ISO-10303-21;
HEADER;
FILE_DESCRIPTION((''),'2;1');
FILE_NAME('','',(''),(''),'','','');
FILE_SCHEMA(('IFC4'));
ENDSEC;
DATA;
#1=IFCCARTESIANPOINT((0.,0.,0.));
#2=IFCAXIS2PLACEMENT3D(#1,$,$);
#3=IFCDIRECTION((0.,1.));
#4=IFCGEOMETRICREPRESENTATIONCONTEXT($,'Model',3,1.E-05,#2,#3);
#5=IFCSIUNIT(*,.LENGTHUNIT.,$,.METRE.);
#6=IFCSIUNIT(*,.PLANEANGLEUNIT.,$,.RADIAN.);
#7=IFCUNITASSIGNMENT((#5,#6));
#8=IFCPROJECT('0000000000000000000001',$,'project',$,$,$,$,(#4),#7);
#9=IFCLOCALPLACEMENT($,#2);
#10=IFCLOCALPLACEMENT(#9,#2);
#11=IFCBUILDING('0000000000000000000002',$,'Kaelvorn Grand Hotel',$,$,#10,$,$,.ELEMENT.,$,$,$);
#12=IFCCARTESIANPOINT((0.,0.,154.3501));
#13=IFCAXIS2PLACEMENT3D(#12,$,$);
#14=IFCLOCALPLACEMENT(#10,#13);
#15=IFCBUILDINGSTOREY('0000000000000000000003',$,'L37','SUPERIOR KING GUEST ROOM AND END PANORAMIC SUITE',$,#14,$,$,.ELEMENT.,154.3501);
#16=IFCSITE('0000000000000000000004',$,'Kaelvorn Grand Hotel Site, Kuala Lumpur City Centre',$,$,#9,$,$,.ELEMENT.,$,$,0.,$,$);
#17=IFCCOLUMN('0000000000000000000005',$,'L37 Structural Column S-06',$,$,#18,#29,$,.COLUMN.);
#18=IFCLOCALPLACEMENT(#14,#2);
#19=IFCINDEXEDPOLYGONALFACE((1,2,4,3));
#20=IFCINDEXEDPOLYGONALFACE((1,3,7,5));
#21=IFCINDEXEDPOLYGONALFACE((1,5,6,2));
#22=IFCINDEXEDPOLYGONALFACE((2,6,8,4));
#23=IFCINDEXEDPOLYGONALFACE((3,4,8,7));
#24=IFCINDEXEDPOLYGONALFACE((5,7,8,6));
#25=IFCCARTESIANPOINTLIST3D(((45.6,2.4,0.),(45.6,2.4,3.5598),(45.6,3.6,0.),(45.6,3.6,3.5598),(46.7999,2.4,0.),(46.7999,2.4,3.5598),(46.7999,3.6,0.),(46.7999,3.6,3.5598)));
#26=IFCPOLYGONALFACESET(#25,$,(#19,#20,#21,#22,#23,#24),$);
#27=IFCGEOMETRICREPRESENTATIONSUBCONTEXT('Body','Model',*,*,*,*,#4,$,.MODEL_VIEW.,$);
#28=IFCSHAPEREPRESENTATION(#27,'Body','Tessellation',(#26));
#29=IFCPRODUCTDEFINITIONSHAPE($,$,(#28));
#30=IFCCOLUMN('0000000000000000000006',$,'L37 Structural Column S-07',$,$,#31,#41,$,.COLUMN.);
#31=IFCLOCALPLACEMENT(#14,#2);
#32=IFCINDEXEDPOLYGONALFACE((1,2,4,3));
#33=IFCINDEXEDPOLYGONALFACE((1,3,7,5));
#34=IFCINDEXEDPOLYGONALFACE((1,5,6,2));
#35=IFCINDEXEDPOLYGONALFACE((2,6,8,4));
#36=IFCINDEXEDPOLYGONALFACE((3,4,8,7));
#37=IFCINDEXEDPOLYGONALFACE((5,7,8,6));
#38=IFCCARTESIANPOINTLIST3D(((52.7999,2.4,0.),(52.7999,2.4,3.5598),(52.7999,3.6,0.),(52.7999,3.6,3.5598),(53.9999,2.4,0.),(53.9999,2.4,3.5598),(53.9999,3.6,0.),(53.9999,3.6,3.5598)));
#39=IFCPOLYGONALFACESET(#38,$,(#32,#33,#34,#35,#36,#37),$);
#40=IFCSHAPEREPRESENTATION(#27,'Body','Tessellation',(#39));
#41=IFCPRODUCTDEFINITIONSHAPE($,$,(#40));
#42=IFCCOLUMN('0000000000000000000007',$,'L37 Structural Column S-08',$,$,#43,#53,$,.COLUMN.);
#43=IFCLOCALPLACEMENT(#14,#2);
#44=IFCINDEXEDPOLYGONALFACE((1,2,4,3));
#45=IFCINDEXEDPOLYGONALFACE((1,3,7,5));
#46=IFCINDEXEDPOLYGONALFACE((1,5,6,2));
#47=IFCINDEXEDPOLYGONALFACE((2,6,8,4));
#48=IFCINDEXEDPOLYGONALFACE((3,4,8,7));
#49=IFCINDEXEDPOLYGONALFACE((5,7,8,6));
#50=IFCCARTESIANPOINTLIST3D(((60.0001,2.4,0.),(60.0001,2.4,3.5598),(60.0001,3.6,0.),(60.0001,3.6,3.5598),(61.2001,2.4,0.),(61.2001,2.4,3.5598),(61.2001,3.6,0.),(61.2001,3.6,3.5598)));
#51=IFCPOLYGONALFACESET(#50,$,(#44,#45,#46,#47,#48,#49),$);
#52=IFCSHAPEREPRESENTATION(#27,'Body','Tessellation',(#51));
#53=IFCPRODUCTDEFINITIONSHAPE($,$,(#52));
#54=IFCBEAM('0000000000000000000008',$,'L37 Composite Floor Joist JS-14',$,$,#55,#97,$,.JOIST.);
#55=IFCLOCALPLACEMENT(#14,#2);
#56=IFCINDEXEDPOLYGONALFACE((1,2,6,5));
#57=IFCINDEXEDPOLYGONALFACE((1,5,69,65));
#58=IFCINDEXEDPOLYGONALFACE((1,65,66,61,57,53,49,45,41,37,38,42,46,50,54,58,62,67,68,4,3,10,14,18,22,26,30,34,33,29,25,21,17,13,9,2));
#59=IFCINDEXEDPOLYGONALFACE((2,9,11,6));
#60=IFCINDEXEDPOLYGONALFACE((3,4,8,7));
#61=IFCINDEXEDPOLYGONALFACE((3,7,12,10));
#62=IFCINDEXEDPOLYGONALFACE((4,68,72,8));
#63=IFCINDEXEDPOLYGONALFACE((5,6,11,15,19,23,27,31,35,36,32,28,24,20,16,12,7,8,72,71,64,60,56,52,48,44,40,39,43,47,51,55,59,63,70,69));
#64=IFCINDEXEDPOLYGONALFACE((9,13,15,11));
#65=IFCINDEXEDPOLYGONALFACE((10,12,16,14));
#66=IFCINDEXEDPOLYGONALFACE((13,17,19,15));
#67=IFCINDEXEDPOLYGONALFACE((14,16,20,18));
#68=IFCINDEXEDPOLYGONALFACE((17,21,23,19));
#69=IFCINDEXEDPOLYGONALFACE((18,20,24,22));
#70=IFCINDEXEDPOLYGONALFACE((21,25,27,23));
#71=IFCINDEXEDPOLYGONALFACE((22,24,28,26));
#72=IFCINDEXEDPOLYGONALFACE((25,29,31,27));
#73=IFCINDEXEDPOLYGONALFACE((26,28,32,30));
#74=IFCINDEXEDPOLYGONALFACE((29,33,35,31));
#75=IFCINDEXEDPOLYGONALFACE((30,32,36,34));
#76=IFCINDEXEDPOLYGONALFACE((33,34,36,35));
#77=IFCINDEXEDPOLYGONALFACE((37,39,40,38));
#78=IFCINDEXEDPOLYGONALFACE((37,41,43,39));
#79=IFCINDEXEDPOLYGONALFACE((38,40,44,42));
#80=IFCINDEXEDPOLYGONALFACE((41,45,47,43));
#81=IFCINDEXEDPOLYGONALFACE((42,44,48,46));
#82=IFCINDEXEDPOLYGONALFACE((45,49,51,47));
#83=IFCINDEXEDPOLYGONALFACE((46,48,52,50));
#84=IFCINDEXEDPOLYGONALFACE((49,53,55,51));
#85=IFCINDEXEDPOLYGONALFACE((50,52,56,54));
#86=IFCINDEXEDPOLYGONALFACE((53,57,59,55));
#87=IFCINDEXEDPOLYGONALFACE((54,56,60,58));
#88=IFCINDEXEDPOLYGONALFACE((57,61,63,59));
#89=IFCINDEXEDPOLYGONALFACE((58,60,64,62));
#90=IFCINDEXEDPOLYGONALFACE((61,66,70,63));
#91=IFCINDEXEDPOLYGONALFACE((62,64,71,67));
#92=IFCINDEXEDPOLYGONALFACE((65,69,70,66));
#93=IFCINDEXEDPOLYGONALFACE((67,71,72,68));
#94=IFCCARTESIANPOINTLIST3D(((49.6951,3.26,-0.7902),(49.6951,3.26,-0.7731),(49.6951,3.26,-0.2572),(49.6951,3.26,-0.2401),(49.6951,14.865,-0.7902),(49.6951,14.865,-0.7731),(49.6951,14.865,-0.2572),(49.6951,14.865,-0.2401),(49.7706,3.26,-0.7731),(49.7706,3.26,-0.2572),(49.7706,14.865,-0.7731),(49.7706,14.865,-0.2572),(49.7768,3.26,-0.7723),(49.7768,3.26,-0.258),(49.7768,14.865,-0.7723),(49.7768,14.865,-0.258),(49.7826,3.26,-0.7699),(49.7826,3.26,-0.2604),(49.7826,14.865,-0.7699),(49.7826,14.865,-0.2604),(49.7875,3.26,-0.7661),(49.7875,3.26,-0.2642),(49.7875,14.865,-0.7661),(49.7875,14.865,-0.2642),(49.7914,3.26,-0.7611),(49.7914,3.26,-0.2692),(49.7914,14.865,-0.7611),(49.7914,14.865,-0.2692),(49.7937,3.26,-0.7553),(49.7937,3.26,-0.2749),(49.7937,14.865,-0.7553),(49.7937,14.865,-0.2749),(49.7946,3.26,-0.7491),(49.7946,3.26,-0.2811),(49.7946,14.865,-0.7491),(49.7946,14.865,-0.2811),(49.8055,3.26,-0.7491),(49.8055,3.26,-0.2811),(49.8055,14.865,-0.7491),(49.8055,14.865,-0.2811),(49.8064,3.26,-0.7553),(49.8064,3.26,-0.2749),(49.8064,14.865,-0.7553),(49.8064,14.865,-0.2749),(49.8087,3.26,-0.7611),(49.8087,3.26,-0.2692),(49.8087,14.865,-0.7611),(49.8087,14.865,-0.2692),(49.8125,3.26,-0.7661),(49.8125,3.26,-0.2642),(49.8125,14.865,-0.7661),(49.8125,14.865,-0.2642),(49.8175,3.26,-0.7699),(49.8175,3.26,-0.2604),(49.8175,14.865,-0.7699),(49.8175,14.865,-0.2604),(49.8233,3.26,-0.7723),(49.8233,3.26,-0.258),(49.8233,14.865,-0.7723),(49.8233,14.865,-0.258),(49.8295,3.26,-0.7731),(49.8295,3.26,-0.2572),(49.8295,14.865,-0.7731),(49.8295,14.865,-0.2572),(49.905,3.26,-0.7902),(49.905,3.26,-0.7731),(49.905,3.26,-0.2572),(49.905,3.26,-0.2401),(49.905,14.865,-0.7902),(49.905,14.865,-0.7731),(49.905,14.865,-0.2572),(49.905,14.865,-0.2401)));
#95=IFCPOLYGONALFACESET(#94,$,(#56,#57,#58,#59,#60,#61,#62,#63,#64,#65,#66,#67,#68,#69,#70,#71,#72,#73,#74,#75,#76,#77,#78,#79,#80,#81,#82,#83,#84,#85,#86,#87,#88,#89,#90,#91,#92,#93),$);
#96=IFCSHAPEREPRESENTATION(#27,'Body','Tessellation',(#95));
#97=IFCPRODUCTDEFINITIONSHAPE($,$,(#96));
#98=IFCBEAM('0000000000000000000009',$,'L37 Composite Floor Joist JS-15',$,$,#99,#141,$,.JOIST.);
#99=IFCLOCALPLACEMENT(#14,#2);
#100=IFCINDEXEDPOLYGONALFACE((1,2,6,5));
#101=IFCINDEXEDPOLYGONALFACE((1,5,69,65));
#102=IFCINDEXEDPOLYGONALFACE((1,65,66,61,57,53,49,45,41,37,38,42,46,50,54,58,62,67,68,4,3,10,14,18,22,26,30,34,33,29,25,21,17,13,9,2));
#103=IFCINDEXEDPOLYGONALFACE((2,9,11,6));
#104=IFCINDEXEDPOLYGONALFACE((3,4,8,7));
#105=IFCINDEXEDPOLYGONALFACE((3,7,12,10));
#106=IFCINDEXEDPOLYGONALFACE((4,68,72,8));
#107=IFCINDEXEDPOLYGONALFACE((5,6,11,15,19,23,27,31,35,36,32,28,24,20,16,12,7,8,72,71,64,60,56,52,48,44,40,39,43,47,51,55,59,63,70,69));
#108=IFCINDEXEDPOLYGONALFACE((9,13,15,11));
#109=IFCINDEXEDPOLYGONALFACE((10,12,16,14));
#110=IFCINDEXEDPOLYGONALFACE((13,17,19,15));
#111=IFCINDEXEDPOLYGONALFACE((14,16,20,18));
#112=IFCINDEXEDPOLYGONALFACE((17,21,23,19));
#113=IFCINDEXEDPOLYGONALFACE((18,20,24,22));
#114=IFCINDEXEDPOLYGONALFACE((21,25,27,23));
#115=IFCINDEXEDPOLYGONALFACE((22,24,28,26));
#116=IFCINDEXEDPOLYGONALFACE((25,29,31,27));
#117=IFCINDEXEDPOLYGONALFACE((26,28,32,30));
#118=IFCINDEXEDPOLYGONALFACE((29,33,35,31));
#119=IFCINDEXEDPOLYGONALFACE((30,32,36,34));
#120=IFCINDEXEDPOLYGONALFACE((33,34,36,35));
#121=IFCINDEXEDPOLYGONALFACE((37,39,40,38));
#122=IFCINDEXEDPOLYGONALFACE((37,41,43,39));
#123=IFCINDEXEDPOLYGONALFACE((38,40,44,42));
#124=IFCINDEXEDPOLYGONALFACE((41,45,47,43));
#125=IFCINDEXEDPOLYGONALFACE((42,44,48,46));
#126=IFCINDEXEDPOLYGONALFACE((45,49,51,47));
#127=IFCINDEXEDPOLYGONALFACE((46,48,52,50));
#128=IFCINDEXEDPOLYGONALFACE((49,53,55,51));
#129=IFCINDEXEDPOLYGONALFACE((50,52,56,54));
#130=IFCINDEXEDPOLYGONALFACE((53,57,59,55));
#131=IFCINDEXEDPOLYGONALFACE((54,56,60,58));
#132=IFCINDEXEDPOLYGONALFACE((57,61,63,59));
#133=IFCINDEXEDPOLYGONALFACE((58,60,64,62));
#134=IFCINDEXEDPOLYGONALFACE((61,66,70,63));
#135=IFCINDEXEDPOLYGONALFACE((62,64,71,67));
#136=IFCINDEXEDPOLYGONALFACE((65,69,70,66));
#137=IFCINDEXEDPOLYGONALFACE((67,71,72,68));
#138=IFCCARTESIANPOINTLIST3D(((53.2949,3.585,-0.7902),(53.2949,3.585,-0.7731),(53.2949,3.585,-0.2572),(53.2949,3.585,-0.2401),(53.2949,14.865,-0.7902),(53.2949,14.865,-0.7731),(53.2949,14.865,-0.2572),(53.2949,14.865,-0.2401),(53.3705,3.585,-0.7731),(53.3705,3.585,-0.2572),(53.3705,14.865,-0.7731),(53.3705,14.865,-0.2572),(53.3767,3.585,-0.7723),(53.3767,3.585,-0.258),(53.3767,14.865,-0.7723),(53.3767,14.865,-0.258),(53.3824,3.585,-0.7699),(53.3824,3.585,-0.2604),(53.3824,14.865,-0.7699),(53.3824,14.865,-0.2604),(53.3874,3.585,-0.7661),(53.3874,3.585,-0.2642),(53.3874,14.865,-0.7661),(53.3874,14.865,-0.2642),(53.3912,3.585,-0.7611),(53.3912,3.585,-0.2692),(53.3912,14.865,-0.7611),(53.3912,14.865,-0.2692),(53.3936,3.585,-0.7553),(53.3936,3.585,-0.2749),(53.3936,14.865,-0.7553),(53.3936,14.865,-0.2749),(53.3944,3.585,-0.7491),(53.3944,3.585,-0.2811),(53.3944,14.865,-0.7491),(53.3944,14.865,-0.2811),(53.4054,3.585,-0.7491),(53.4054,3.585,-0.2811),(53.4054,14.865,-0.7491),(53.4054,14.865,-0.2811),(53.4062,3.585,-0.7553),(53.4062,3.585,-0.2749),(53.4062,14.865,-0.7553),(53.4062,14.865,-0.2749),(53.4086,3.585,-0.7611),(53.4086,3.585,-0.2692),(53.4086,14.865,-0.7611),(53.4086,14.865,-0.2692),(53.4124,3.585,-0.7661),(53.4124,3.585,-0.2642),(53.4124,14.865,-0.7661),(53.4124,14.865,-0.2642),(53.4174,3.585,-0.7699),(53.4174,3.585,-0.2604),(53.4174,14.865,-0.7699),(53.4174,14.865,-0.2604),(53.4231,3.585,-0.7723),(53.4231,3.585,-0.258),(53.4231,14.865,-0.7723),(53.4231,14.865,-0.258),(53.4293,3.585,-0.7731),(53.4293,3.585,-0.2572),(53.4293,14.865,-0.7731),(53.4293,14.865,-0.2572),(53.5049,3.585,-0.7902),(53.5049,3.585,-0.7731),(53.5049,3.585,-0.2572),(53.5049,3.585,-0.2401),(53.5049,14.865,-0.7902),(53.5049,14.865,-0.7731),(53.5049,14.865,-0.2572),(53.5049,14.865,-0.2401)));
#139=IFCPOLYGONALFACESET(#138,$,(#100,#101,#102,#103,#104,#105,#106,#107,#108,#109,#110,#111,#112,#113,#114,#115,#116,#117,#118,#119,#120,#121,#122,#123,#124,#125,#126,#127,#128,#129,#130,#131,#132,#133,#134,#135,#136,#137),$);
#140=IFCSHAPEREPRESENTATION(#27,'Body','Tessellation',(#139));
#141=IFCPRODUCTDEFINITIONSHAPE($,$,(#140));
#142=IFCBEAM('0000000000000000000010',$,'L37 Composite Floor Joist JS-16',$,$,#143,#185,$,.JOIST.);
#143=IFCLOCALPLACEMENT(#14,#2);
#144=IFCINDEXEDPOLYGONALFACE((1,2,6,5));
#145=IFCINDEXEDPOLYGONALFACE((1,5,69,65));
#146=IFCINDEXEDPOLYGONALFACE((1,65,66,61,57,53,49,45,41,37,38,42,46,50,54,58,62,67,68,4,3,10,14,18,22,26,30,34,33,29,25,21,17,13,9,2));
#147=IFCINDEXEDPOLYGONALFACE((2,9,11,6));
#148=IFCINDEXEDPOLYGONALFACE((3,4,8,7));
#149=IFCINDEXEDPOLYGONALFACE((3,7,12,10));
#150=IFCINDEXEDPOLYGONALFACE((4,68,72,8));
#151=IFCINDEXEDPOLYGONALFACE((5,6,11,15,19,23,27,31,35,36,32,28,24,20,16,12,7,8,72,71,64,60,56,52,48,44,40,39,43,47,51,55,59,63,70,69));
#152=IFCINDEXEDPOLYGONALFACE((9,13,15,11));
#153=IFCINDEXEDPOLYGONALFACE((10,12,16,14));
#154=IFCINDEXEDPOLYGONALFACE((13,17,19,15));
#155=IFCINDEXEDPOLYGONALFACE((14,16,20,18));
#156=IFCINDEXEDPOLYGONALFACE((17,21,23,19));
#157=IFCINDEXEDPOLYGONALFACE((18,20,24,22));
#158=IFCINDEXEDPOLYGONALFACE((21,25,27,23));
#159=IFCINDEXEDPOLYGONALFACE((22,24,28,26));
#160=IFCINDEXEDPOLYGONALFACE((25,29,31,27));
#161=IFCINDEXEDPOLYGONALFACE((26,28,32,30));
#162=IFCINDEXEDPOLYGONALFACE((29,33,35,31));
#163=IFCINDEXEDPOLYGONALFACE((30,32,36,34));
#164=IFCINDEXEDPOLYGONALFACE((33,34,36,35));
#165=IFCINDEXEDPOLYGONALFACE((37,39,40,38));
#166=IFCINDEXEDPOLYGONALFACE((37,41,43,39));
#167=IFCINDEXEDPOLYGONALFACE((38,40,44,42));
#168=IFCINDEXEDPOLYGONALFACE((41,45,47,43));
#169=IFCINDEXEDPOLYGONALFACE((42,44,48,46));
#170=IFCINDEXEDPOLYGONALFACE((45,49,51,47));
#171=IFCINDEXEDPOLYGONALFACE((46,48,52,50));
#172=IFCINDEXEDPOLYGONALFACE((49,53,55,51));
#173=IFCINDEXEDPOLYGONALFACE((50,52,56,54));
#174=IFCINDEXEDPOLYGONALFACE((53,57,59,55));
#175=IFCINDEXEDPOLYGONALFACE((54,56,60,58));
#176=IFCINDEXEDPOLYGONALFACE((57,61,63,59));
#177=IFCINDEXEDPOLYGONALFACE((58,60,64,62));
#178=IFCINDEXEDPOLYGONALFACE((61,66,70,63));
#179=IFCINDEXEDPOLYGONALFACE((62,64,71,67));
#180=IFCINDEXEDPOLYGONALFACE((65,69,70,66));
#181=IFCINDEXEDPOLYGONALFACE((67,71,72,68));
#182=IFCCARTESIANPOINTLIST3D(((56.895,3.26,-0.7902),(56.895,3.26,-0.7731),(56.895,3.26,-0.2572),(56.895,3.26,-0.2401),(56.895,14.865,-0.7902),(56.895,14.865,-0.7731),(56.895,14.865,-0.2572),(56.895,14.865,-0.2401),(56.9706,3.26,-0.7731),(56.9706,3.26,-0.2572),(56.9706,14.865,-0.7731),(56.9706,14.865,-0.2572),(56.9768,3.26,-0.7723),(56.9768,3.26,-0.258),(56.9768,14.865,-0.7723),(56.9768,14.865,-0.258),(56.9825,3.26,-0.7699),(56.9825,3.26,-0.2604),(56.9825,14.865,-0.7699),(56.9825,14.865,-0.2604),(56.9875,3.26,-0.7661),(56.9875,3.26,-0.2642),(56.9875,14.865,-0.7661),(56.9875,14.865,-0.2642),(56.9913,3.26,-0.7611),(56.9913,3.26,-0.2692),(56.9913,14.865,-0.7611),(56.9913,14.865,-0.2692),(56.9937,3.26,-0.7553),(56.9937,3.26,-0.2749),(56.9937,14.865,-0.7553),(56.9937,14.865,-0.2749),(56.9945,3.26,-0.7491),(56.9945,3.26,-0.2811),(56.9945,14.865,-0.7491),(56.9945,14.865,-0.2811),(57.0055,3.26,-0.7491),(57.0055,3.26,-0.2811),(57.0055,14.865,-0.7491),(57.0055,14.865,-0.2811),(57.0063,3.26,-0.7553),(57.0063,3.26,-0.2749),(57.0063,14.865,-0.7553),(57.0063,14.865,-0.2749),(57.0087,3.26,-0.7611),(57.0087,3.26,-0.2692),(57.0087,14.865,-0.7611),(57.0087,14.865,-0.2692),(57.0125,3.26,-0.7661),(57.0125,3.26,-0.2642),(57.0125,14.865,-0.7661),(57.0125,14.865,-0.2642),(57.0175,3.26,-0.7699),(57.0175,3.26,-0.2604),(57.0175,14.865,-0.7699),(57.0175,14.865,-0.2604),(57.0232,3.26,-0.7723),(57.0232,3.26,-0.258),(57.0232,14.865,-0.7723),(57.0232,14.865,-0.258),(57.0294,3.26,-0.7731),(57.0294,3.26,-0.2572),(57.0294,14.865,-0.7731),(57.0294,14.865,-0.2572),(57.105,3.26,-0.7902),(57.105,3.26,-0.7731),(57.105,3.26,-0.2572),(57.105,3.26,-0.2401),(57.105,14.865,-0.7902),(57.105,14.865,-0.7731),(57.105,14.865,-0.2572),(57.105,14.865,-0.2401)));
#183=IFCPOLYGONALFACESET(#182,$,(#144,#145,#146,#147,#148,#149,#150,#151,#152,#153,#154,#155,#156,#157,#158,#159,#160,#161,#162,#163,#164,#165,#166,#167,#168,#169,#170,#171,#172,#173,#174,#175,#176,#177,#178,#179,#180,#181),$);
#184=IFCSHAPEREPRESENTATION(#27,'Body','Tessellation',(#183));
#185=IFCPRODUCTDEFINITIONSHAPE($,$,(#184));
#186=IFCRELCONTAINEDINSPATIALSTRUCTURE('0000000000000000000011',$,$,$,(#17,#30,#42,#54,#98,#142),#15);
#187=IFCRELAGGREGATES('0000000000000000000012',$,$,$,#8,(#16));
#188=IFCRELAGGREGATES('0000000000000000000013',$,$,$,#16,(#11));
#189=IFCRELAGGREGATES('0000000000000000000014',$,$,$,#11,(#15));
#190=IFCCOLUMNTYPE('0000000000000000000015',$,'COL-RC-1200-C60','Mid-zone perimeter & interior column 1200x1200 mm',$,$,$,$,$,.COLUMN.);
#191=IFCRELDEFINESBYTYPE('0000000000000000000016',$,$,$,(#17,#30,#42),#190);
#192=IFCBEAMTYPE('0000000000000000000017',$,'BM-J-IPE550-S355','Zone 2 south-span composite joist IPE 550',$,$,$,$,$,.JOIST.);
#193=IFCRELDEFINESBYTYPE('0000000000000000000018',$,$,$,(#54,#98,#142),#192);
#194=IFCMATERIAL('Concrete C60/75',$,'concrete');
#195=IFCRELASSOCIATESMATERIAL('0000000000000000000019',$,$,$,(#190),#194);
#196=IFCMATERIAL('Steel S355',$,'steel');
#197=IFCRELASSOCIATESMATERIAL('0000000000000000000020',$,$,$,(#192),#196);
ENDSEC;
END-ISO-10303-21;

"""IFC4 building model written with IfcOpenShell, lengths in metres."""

from ifc_helpers import new_model, si_unit, direction, frame, origin, origin_2d, place, context, subcontext, project, spatial, rectangle, i_section, extrude, material, material_profile, profile_set, type_object, element, save


model = new_model("IFC4")

# Units and contexts
model_context = context("Model", 3, precision=1e-05, world=origin(), true_north=direction((0.0, 1.0)))
body_context = subcontext(model_context, "Body", "Model", "MODEL_VIEW")
ifc_project = project(units=[si_unit("LENGTHUNIT", "METRE"), si_unit("PLANEANGLEUNIT", "RADIAN")], contexts=[model_context])

# Site, building, storey
site_placement = place(None, origin())
site = spatial("IfcSite", under=ifc_project, at=site_placement, Name="Kaelvorn Grand Hotel Site, Kuala Lumpur City Centre", CompositionType="ELEMENT", RefElevation=0.0)
building_placement = place(site_placement, origin())
building = spatial("IfcBuilding", under=site, at=building_placement, Name="Kaelvorn Grand Hotel", CompositionType="ELEMENT")
storey_placement = place(building_placement, frame((0.0, 0.0, 154.3501)))
storey = spatial("IfcBuildingStorey", under=building, at=storey_placement, Name="L37", Description="SUPERIOR KING GUEST ROOM AND END PANORAMIC SUITE", CompositionType="ELEMENT", Elevation=154.3501)

# Columns
ifc_material_1 = material(Name="Concrete C60/75", Category="concrete")
ifc_material_profile_1 = material_profile(ifc_material_1, rectangle(XDim=1.2, YDim=1.2, at=origin_2d()), Name="RC COL 1200x1200")
ifc_profile_set_1 = profile_set([ifc_material_profile_1], Name="Concrete C60/75")
column_type = type_object("IfcColumnType", Name="COL-RC-1200-C60", Description="Mid-zone perimeter & interior column 1200x1200 mm", PredefinedType="COLUMN", material=ifc_profile_set_1)
for number, where, z_axis, x_axis, name in (
    (1, (46.2, 3.0, 0.0), (0.0, 0.0, 1.0), (1.0, 0.0, 0.0), "L37 Structural Column S-06"),
    (2, (53.3999, 3.0, 0.0), (0.0, 0.0, 1.0), (1.0, 0.0, 0.0), "L37 Structural Column S-07"),
    (3, (60.6001, 3.0, 0.0), (0.0, 0.0, 1.0), (1.0, 0.0, 0.0), "L37 Structural Column S-08"),
):
    element("IfcColumn", number, at=place(storey_placement, frame(where, z_axis=z_axis, x_axis=x_axis)), inside=storey, type_object=column_type, Name=name, PredefinedType="COLUMN", context=body_context, shape_type="SweptSolid", body=[
        extrude(rectangle(XDim=1.2, YDim=1.2, at=origin_2d()), origin(), (0.0, 0.0, 1.0), 3.5598),
    ])

# Beams
ifc_material_2 = material(Name="Steel S355", Category="steel")
ifc_material_profile_2 = material_profile(ifc_material_2, i_section(OverallWidth=0.21, OverallDepth=0.55, WebThickness=0.011, FlangeThickness=0.0171, FilletRadius=0.0239, at=origin_2d()), Name="IPE 550")
ifc_profile_set_2 = profile_set([ifc_material_profile_2], Name="Steel S355")
beam_type_1 = type_object("IfcBeamType", Name="BM-J-IPE550-S355", Description="Zone 2 south-span composite joist IPE 550", PredefinedType="JOIST", material=ifc_profile_set_2)
beam_1_placement = place(storey_placement, frame((49.8, 3.26, -0.5151), z_axis=(0.0, 1.0, 0.0), x_axis=(-1.0, 0.0, 0.0)))
element("IfcBeam", 4, at=beam_1_placement, inside=storey, type_object=beam_type_1, Name="L37 Composite Floor Joist JS-14", PredefinedType="JOIST", context=body_context, shape_type="SweptSolid", body=[
    extrude(i_section(OverallWidth=0.21, OverallDepth=0.55, WebThickness=0.011, FlangeThickness=0.0171, FilletRadius=0.0239, at=origin_2d()), origin(), (0.0, 0.0, 1.0), 11.605),
])
beam_2_placement = place(storey_placement, frame((53.3999, 3.585, -0.5151), z_axis=(0.0, 1.0, 0.0), x_axis=(-1.0, 0.0, 0.0)))
element("IfcBeam", 5, at=beam_2_placement, inside=storey, type_object=beam_type_1, Name="L37 Composite Floor Joist JS-15", PredefinedType="JOIST", context=body_context, shape_type="SweptSolid", body=[
    extrude(i_section(OverallWidth=0.21, OverallDepth=0.55, WebThickness=0.011, FlangeThickness=0.0171, FilletRadius=0.0239, at=origin_2d()), origin(), (0.0, 0.0, 1.0), 11.28),
])
beam_3_placement = place(storey_placement, frame((57.0, 3.26, -0.5151), z_axis=(0.0, 1.0, 0.0), x_axis=(-1.0, 0.0, 0.0)))
element("IfcBeam", 6, at=beam_3_placement, inside=storey, type_object=beam_type_1, Name="L37 Composite Floor Joist JS-16", PredefinedType="JOIST", context=body_context, shape_type="SweptSolid", body=[
    extrude(i_section(OverallWidth=0.21, OverallDepth=0.55, WebThickness=0.011, FlangeThickness=0.0171, FilletRadius=0.0239, at=origin_2d()), origin(), (0.0, 0.0, 1.0), 11.605),
])

save(model, "model.ifc")
